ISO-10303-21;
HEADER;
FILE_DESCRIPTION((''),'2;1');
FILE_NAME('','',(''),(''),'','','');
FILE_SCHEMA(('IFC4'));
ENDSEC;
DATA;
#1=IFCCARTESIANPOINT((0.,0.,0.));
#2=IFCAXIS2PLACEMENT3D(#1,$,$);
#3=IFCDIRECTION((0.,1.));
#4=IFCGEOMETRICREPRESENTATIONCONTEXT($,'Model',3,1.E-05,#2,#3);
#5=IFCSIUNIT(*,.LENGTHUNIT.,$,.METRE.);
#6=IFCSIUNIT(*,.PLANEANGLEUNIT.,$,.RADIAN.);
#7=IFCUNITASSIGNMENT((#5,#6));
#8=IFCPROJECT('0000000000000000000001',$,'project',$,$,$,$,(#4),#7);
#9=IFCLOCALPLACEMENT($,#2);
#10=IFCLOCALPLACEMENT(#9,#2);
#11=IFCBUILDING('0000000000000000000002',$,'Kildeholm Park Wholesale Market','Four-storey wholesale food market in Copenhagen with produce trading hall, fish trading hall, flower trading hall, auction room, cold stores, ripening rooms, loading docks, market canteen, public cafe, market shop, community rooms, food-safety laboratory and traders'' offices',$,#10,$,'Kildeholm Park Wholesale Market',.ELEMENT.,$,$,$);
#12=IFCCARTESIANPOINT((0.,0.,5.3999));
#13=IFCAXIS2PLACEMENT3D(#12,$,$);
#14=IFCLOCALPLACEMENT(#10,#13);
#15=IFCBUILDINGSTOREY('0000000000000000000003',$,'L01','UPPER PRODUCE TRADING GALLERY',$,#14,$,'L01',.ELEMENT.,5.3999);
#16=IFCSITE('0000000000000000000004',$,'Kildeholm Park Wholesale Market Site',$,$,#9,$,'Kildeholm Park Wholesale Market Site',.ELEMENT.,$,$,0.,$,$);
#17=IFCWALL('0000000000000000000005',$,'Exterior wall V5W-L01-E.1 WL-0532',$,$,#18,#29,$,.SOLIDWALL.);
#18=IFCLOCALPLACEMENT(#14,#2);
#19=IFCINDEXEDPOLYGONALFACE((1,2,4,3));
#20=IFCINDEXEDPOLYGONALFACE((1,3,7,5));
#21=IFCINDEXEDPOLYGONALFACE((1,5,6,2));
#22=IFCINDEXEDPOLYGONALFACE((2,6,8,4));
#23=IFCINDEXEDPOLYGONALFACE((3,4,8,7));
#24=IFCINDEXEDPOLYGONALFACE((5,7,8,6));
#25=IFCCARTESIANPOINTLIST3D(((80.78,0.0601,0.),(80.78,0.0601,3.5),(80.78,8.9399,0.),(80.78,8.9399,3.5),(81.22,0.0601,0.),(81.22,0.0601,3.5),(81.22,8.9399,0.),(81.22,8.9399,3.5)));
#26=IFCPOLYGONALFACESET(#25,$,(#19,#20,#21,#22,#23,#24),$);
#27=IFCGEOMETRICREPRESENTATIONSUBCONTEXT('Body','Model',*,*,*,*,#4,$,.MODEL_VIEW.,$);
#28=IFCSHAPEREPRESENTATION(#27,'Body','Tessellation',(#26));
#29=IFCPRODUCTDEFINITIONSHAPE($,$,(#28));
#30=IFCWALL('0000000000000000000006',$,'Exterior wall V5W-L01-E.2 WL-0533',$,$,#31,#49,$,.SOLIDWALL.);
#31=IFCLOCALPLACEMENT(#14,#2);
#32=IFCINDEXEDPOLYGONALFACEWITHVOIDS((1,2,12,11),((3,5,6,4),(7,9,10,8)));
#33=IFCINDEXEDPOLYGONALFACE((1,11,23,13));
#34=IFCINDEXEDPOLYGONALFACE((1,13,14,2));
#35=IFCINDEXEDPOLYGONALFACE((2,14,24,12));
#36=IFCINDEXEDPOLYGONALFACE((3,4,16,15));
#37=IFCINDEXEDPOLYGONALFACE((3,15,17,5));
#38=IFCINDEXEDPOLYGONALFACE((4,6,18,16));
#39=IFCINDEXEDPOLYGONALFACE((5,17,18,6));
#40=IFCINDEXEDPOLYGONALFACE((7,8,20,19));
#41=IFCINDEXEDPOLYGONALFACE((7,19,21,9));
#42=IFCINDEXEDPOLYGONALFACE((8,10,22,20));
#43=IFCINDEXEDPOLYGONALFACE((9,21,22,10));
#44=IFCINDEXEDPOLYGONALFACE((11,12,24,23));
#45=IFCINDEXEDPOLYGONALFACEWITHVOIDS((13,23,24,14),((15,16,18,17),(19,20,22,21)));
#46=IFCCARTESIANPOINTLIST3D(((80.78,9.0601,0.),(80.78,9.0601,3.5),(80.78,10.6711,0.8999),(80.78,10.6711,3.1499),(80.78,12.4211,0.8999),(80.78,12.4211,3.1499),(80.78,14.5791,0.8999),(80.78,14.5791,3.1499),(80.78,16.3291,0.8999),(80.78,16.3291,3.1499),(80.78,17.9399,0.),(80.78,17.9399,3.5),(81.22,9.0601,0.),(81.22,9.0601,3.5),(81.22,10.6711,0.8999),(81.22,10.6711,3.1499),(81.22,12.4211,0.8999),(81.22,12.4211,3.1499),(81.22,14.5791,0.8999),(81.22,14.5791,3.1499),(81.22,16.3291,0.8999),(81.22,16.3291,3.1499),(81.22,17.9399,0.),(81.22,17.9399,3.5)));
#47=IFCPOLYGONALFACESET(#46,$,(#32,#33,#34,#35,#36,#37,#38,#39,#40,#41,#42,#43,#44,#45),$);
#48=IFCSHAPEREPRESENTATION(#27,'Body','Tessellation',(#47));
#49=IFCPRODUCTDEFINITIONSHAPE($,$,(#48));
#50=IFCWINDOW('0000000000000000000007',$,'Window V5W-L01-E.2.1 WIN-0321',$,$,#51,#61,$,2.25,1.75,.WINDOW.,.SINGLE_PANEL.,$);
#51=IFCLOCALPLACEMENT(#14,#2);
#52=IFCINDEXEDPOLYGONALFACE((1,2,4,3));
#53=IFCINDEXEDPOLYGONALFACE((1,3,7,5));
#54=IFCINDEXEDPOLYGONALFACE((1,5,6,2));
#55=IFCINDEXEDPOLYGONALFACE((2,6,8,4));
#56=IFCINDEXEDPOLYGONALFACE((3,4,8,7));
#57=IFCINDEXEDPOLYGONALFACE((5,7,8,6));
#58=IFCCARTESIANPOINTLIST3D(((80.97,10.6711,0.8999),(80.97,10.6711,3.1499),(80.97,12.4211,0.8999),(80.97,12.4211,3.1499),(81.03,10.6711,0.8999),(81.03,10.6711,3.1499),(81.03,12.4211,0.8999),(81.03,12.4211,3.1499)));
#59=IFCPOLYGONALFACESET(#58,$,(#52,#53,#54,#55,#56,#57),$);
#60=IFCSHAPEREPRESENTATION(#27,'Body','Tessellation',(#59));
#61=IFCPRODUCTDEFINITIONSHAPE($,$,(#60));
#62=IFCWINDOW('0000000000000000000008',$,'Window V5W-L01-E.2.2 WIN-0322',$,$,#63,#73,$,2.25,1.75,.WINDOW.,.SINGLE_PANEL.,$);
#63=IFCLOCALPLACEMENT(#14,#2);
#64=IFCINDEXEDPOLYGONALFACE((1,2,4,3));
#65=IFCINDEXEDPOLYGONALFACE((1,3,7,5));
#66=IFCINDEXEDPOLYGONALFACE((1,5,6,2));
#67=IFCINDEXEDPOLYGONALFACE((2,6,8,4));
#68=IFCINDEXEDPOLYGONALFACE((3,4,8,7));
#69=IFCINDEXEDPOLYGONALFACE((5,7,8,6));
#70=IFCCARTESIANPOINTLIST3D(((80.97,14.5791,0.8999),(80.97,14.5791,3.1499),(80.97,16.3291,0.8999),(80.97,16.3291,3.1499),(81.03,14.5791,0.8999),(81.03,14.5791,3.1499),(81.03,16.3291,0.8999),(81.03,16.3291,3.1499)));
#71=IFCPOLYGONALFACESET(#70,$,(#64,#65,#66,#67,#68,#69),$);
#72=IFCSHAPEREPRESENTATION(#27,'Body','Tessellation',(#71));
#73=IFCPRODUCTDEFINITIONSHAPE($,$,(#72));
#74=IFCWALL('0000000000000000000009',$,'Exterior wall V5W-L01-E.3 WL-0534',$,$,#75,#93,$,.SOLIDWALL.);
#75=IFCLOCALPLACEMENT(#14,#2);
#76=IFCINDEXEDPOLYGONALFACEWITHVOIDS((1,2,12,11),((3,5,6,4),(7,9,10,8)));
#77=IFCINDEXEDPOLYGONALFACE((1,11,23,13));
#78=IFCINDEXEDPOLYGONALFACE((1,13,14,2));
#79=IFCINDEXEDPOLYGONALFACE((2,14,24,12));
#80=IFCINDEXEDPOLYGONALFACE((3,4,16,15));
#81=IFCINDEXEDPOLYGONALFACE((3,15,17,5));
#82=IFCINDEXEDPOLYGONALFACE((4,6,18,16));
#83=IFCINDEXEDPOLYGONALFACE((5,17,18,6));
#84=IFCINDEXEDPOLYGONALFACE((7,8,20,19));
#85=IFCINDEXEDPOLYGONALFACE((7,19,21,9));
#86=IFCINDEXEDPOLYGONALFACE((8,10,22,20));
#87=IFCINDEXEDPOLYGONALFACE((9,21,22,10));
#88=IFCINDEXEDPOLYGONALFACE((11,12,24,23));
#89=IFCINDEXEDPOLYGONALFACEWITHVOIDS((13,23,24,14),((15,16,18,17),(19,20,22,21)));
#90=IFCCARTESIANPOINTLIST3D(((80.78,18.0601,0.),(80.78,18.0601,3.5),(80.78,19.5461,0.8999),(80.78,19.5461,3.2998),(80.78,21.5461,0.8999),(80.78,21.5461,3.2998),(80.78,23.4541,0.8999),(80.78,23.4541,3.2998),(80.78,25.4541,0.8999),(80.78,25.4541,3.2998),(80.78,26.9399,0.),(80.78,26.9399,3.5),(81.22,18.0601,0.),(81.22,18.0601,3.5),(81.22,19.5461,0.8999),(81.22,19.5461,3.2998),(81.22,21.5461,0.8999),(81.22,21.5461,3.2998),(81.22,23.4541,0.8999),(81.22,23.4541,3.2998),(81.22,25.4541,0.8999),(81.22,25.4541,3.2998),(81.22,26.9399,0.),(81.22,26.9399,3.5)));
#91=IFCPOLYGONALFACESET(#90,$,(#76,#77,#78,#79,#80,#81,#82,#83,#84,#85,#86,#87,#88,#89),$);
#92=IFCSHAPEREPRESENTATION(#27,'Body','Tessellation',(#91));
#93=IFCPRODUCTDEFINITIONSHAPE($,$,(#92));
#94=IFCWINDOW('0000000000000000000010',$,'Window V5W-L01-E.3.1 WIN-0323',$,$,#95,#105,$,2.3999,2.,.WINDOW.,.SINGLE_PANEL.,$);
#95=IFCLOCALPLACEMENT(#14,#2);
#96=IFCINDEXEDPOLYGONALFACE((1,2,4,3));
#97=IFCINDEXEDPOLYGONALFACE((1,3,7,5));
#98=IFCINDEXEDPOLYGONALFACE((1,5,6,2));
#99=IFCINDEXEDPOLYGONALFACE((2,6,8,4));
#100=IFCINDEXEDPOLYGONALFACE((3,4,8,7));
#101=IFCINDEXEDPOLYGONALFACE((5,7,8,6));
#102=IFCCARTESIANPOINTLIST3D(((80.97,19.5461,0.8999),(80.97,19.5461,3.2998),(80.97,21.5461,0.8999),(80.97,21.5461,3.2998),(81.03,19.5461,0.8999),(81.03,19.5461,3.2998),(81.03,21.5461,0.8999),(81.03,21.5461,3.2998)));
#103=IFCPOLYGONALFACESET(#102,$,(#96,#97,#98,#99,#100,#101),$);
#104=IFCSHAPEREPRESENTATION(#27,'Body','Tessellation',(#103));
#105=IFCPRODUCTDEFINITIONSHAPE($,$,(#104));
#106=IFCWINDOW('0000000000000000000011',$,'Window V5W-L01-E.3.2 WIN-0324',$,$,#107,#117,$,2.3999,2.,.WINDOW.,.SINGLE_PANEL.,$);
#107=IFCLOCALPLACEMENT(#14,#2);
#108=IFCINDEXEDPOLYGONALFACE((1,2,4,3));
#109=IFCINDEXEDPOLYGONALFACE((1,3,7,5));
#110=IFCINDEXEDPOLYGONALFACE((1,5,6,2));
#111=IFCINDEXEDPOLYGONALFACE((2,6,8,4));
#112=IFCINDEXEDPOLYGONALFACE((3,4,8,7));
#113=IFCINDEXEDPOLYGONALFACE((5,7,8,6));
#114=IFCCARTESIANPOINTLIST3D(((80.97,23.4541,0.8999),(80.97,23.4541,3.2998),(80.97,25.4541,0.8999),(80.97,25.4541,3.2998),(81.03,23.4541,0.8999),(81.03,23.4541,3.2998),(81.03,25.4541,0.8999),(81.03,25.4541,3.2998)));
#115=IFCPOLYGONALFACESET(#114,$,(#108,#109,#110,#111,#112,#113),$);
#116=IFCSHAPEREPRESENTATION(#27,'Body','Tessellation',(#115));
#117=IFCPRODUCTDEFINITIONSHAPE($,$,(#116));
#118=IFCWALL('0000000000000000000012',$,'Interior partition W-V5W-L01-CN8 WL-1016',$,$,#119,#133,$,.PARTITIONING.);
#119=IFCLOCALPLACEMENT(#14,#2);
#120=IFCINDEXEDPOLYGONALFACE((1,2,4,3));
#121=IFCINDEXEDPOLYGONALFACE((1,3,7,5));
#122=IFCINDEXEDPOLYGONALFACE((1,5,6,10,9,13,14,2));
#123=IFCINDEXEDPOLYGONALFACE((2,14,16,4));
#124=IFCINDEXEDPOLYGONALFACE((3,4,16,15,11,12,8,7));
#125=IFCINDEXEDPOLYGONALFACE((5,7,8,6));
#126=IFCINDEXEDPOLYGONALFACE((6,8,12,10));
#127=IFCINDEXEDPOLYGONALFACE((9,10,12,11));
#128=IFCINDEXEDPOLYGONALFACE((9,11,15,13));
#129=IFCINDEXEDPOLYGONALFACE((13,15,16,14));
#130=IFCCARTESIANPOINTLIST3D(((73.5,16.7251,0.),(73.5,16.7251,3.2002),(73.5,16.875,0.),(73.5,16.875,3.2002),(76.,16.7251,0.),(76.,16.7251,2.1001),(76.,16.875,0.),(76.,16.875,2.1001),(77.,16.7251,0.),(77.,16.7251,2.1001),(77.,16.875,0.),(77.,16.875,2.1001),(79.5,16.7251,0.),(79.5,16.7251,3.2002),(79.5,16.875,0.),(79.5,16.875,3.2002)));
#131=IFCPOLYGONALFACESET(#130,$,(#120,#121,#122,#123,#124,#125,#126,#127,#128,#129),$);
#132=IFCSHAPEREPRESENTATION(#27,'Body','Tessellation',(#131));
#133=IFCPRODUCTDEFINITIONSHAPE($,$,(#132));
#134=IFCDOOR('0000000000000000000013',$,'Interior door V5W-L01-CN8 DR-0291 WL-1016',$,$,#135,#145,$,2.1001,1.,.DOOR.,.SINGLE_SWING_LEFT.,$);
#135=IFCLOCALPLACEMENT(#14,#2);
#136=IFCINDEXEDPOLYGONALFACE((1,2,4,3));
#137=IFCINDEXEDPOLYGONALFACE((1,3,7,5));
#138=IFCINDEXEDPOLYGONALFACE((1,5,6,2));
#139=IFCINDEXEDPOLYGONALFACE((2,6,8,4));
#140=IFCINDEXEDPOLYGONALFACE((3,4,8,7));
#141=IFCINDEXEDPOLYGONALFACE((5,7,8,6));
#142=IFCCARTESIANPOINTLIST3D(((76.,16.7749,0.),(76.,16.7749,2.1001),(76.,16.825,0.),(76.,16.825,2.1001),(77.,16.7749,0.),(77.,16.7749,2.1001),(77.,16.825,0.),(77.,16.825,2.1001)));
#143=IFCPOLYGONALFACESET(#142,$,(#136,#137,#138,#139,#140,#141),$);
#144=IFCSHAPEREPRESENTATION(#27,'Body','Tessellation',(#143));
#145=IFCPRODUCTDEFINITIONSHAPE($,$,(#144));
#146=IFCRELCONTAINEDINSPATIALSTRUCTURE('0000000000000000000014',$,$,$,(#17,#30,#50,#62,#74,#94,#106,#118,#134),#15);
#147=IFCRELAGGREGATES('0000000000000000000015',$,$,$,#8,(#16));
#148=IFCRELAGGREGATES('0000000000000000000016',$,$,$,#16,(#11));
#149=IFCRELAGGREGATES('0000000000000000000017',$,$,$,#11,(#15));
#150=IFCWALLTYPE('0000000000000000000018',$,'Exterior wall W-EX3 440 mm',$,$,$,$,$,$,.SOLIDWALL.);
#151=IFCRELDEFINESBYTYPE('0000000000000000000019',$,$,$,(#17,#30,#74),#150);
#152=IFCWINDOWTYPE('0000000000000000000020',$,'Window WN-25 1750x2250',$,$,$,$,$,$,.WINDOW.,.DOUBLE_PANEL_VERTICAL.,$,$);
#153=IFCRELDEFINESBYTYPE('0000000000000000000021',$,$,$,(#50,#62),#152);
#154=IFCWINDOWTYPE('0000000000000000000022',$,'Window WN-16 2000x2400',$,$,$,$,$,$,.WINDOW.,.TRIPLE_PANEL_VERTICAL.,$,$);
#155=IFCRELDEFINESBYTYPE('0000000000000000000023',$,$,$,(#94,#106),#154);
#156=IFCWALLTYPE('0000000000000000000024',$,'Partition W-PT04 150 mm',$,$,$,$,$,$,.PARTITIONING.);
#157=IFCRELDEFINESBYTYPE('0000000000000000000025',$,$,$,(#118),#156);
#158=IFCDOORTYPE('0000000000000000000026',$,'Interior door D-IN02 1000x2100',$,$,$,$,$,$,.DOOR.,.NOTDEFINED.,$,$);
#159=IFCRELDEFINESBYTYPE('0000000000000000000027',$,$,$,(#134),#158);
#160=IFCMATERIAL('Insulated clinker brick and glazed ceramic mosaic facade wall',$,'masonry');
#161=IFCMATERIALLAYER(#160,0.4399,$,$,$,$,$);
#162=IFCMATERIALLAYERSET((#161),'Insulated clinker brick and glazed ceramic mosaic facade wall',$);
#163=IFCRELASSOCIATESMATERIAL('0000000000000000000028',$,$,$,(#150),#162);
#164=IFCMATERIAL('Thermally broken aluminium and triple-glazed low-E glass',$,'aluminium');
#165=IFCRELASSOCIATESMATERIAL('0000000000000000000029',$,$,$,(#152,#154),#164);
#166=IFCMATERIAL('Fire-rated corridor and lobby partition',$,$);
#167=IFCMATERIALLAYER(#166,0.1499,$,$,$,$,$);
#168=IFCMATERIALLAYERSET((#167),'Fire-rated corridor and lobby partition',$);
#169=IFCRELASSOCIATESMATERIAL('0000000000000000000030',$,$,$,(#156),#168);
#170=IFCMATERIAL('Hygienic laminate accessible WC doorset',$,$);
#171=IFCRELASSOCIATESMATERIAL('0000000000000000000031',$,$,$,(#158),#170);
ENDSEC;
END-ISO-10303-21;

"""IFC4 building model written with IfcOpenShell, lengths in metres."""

from ifc_helpers import new_model, si_unit, direction, frame, frame_2d, origin, place, context, subcontext, project, spatial, rectangle, extrude, material, layer, layer_set, type_object, element, fill, save


model = new_model("IFC4")

# Units and contexts
model_context = context("Model", 3, precision=1e-05, world=origin(), true_north=direction((0.0, 1.0)))
body_context = subcontext(model_context, "Body", "Model", "MODEL_VIEW")
ifc_project = project(units=[si_unit("LENGTHUNIT", "METRE"), si_unit("PLANEANGLEUNIT", "RADIAN")], contexts=[model_context])

# Site, building, storey
site_placement = place(None, origin())
site = spatial("IfcSite", under=ifc_project, at=site_placement, Name="Kildeholm Park Wholesale Market Site", LongName="Kildeholm Park Wholesale Market Site", CompositionType="ELEMENT", RefElevation=0.0)
building_placement = place(site_placement, origin())
building = spatial("IfcBuilding", under=site, at=building_placement, Name="Kildeholm Park Wholesale Market", Description="Four-storey wholesale food market in Copenhagen with produce trading hall, fish trading hall, flower trading hall, auction room, cold stores, ripening rooms, loading docks, market canteen, public cafe, market shop, community rooms, food-safety laboratory and traders' offices", LongName="Kildeholm Park Wholesale Market", CompositionType="ELEMENT")
storey_placement = place(building_placement, frame((0.0, 0.0, 5.3999)))
storey = spatial("IfcBuildingStorey", under=building, at=storey_placement, Name="L01", Description="UPPER PRODUCE TRADING GALLERY", LongName="L01", CompositionType="ELEMENT", Elevation=5.3999)

# Wall
ifc_material_1 = material(Name="Insulated clinker brick and glazed ceramic mosaic facade wall", Category="masonry")
ifc_layer_1 = layer(ifc_material_1, 0.4399)
ifc_layer_set_1 = layer_set([ifc_layer_1], Name="Insulated clinker brick and glazed ceramic mosaic facade wall")
wall_type_1 = type_object("IfcWallType", Name="Exterior wall W-EX3 440 mm", PredefinedType="SOLIDWALL", material=ifc_layer_set_1)
wall_1_placement = place(storey_placement, frame((81.0, 0.0601, 0.0), z_axis=(0.0, 0.0, 1.0), x_axis=(0.0, 1.0, 0.0)))
element("IfcWall", 1, at=wall_1_placement, inside=storey, type_object=wall_type_1, Name="Exterior wall V5W-L01-E.1 WL-0532", PredefinedType="SOLIDWALL", context=body_context, shape_type="SweptSolid", body=[
    extrude(rectangle(XDim=8.8799, YDim=0.4399, at=frame_2d((4.4399, 0.0))), origin(), (0.0, 0.0, 1.0), 3.5),
])

# Walls, openings, windows
wall_2_placement = place(storey_placement, frame((81.0, 9.0601, 0.0), z_axis=(0.0, 0.0, 1.0), x_axis=(0.0, 1.0, 0.0)))
wall_2 = element("IfcWall", 2, at=wall_2_placement, inside=storey, type_object=wall_type_1, Name="Exterior wall V5W-L01-E.2 WL-0533", PredefinedType="SOLIDWALL", context=body_context, shape_type="SweptSolid", body=[
    extrude(rectangle(XDim=8.8799, YDim=0.4399, at=frame_2d((4.4399, 0.0))), origin(), (0.0, 0.0, 1.0), 3.5),
])
opening_1_placement = place(wall_2_placement, frame((1.6111, 0.0, 0.8999)))
opening_1 = element("IfcOpeningElement", 3, at=opening_1_placement, cuts=wall_2, PredefinedType="OPENING", context=body_context, shape_type="SweptSolid", body=[
    extrude(rectangle(XDim=1.75, YDim=2.25, at=frame_2d((0.875, 1.125))), frame((0.0, 0.23, 0.0), z_axis=(0.0, -1.0, 0.0), x_axis=(1.0, 0.0, 0.0)), (0.0, 0.0, 1.0), 0.46),
])
opening_2_placement = place(wall_2_placement, frame((5.519, 0.0, 0.8999)))
opening_2 = element("IfcOpeningElement", 4, at=opening_2_placement, cuts=wall_2, PredefinedType="OPENING", context=body_context, shape_type="SweptSolid", body=[
    extrude(rectangle(XDim=1.75, YDim=2.25, at=frame_2d((0.875, 1.125))), frame((0.0, 0.23, 0.0), z_axis=(0.0, -1.0, 0.0), x_axis=(1.0, 0.0, 0.0)), (0.0, 0.0, 1.0), 0.46),
])
ifc_material_2 = material(Name="Thermally broken aluminium and triple-glazed low-E glass", Category="aluminium")
window_type_1 = type_object("IfcWindowType", Name="Window WN-25 1750x2250", PartitioningType="DOUBLE_PANEL_VERTICAL", PredefinedType="WINDOW", material=ifc_material_2)
window_1_placement = place(opening_1_placement, origin())
window_1 = element("IfcWindow", 5, at=window_1_placement, inside=storey, type_object=window_type_1, Name="Window V5W-L01-E.2.1 WIN-0321", OverallHeight=2.25, OverallWidth=1.75, PartitioningType="SINGLE_PANEL", PredefinedType="WINDOW", context=body_context, shape_type="SweptSolid", body=[
    extrude(rectangle(XDim=1.75, YDim=2.25, at=frame_2d((0.875, 1.125))), frame((0.0, 0.03, 0.0), z_axis=(0.0, -1.0, 0.0), x_axis=(1.0, 0.0, 0.0)), (0.0, 0.0, 1.0), 0.0601),
])
fill(opening_1, window_1)
window_2_placement = place(opening_2_placement, origin())
window_2 = element("IfcWindow", 6, at=window_2_placement, inside=storey, type_object=window_type_1, Name="Window V5W-L01-E.2.2 WIN-0322", OverallHeight=2.25, OverallWidth=1.75, PartitioningType="SINGLE_PANEL", PredefinedType="WINDOW", context=body_context, shape_type="SweptSolid", body=[
    extrude(rectangle(XDim=1.75, YDim=2.25, at=frame_2d((0.875, 1.125))), frame((0.0, 0.03, 0.0), z_axis=(0.0, -1.0, 0.0), x_axis=(1.0, 0.0, 0.0)), (0.0, 0.0, 1.0), 0.0601),
])
fill(opening_2, window_2)
wall_3_placement = place(storey_placement, frame((81.0, 18.0601, 0.0), z_axis=(0.0, 0.0, 1.0), x_axis=(0.0, 1.0, 0.0)))
wall_3 = element("IfcWall", 7, at=wall_3_placement, inside=storey, type_object=wall_type_1, Name="Exterior wall V5W-L01-E.3 WL-0534", PredefinedType="SOLIDWALL", context=body_context, shape_type="SweptSolid", body=[
    extrude(rectangle(XDim=8.8799, YDim=0.4399, at=frame_2d((4.4399, 0.0))), origin(), (0.0, 0.0, 1.0), 3.5),
])
opening_3_placement = place(wall_3_placement, frame((1.4861, 0.0, 0.8999)))
opening_3 = element("IfcOpeningElement", 8, at=opening_3_placement, cuts=wall_3, PredefinedType="OPENING", context=body_context, shape_type="SweptSolid", body=[
    extrude(rectangle(XDim=2.0, YDim=2.3999, at=frame_2d((1.0, 1.2))), frame((0.0, 0.23, 0.0), z_axis=(0.0, -1.0, 0.0), x_axis=(1.0, 0.0, 0.0)), (0.0, 0.0, 1.0), 0.46),
])
opening_4_placement = place(wall_3_placement, frame((5.394, 0.0, 0.8999)))
opening_4 = element("IfcOpeningElement", 9, at=opening_4_placement, cuts=wall_3, PredefinedType="OPENING", context=body_context, shape_type="SweptSolid", body=[
    extrude(rectangle(XDim=2.0, YDim=2.3999, at=frame_2d((1.0, 1.2))), frame((0.0, 0.23, 0.0), z_axis=(0.0, -1.0, 0.0), x_axis=(1.0, 0.0, 0.0)), (0.0, 0.0, 1.0), 0.46),
])
window_type_2 = type_object("IfcWindowType", Name="Window WN-16 2000x2400", PartitioningType="TRIPLE_PANEL_VERTICAL", PredefinedType="WINDOW", material=ifc_material_2)
window_3_placement = place(opening_3_placement, origin())
window_3 = element("IfcWindow", 10, at=window_3_placement, inside=storey, type_object=window_type_2, Name="Window V5W-L01-E.3.1 WIN-0323", OverallHeight=2.3999, OverallWidth=2.0, PartitioningType="SINGLE_PANEL", PredefinedType="WINDOW", context=body_context, shape_type="SweptSolid", body=[
    extrude(rectangle(XDim=2.0, YDim=2.3999, at=frame_2d((1.0, 1.2))), frame((0.0, 0.03, 0.0), z_axis=(0.0, -1.0, 0.0), x_axis=(1.0, 0.0, 0.0)), (0.0, 0.0, 1.0), 0.0601),
])
fill(opening_3, window_3)
window_4_placement = place(opening_4_placement, origin())
window_4 = element("IfcWindow", 11, at=window_4_placement, inside=storey, type_object=window_type_2, Name="Window V5W-L01-E.3.2 WIN-0324", OverallHeight=2.3999, OverallWidth=2.0, PartitioningType="SINGLE_PANEL", PredefinedType="WINDOW", context=body_context, shape_type="SweptSolid", body=[
    extrude(rectangle(XDim=2.0, YDim=2.3999, at=frame_2d((1.0, 1.2))), frame((0.0, 0.03, 0.0), z_axis=(0.0, -1.0, 0.0), x_axis=(1.0, 0.0, 0.0)), (0.0, 0.0, 1.0), 0.0601),
])
fill(opening_4, window_4)

# Wall, opening, door
ifc_material_3 = material(Name="Fire-rated corridor and lobby partition")
ifc_layer_2 = layer(ifc_material_3, 0.1499)
ifc_layer_set_2 = layer_set([ifc_layer_2], Name="Fire-rated corridor and lobby partition")
wall_type_2 = type_object("IfcWallType", Name="Partition W-PT04 150 mm", PredefinedType="PARTITIONING", material=ifc_layer_set_2)
wall_4_placement = place(storey_placement, frame((73.5, 16.8, 0.0), z_axis=(0.0, 0.0, 1.0), x_axis=(1.0, 0.0, 0.0)))
wall_4 = element("IfcWall", 12, at=wall_4_placement, inside=storey, type_object=wall_type_2, Name="Interior partition W-V5W-L01-CN8 WL-1016", PredefinedType="PARTITIONING", context=body_context, shape_type="SweptSolid", body=[
    extrude(rectangle(XDim=6.0, YDim=0.1499, at=frame_2d((3.0, 0.0))), origin(), (0.0, 0.0, 1.0), 3.2002),
])
opening_5_placement = place(wall_4_placement, frame((2.5, 0.0, 0.0)))
opening_5 = element("IfcOpeningElement", 13, at=opening_5_placement, cuts=wall_4, PredefinedType="OPENING", context=body_context, shape_type="SweptSolid", body=[
    extrude(rectangle(XDim=1.0, YDim=2.1001, at=frame_2d((0.5, 1.05))), frame((0.0, 0.085, 0.0), z_axis=(0.0, -1.0, 0.0), x_axis=(1.0, 0.0, 0.0)), (0.0, 0.0, 1.0), 0.1699),
])
ifc_material_4 = material(Name="Hygienic laminate accessible WC doorset")
door_type_1 = type_object("IfcDoorType", Name="Interior door D-IN02 1000x2100", OperationType="NOTDEFINED", PredefinedType="DOOR", material=ifc_material_4)
door_1_placement = place(opening_5_placement, origin())
door_1 = element("IfcDoor", 14, at=door_1_placement, inside=storey, type_object=door_type_1, Name="Interior door V5W-L01-CN8 DR-0291 WL-1016", OperationType="SINGLE_SWING_LEFT", OverallHeight=2.1001, OverallWidth=1.0, PredefinedType="DOOR", context=body_context, shape_type="SweptSolid", body=[
    extrude(rectangle(XDim=1.0, YDim=2.1001, at=frame_2d((0.5, 1.05))), frame((0.0, 0.0249, 0.0), z_axis=(0.0, -1.0, 0.0), x_axis=(1.0, 0.0, 0.0)), (0.0, 0.0, 1.0), 0.05),
])
fill(opening_5, door_1)

save(model, "model.ifc")
